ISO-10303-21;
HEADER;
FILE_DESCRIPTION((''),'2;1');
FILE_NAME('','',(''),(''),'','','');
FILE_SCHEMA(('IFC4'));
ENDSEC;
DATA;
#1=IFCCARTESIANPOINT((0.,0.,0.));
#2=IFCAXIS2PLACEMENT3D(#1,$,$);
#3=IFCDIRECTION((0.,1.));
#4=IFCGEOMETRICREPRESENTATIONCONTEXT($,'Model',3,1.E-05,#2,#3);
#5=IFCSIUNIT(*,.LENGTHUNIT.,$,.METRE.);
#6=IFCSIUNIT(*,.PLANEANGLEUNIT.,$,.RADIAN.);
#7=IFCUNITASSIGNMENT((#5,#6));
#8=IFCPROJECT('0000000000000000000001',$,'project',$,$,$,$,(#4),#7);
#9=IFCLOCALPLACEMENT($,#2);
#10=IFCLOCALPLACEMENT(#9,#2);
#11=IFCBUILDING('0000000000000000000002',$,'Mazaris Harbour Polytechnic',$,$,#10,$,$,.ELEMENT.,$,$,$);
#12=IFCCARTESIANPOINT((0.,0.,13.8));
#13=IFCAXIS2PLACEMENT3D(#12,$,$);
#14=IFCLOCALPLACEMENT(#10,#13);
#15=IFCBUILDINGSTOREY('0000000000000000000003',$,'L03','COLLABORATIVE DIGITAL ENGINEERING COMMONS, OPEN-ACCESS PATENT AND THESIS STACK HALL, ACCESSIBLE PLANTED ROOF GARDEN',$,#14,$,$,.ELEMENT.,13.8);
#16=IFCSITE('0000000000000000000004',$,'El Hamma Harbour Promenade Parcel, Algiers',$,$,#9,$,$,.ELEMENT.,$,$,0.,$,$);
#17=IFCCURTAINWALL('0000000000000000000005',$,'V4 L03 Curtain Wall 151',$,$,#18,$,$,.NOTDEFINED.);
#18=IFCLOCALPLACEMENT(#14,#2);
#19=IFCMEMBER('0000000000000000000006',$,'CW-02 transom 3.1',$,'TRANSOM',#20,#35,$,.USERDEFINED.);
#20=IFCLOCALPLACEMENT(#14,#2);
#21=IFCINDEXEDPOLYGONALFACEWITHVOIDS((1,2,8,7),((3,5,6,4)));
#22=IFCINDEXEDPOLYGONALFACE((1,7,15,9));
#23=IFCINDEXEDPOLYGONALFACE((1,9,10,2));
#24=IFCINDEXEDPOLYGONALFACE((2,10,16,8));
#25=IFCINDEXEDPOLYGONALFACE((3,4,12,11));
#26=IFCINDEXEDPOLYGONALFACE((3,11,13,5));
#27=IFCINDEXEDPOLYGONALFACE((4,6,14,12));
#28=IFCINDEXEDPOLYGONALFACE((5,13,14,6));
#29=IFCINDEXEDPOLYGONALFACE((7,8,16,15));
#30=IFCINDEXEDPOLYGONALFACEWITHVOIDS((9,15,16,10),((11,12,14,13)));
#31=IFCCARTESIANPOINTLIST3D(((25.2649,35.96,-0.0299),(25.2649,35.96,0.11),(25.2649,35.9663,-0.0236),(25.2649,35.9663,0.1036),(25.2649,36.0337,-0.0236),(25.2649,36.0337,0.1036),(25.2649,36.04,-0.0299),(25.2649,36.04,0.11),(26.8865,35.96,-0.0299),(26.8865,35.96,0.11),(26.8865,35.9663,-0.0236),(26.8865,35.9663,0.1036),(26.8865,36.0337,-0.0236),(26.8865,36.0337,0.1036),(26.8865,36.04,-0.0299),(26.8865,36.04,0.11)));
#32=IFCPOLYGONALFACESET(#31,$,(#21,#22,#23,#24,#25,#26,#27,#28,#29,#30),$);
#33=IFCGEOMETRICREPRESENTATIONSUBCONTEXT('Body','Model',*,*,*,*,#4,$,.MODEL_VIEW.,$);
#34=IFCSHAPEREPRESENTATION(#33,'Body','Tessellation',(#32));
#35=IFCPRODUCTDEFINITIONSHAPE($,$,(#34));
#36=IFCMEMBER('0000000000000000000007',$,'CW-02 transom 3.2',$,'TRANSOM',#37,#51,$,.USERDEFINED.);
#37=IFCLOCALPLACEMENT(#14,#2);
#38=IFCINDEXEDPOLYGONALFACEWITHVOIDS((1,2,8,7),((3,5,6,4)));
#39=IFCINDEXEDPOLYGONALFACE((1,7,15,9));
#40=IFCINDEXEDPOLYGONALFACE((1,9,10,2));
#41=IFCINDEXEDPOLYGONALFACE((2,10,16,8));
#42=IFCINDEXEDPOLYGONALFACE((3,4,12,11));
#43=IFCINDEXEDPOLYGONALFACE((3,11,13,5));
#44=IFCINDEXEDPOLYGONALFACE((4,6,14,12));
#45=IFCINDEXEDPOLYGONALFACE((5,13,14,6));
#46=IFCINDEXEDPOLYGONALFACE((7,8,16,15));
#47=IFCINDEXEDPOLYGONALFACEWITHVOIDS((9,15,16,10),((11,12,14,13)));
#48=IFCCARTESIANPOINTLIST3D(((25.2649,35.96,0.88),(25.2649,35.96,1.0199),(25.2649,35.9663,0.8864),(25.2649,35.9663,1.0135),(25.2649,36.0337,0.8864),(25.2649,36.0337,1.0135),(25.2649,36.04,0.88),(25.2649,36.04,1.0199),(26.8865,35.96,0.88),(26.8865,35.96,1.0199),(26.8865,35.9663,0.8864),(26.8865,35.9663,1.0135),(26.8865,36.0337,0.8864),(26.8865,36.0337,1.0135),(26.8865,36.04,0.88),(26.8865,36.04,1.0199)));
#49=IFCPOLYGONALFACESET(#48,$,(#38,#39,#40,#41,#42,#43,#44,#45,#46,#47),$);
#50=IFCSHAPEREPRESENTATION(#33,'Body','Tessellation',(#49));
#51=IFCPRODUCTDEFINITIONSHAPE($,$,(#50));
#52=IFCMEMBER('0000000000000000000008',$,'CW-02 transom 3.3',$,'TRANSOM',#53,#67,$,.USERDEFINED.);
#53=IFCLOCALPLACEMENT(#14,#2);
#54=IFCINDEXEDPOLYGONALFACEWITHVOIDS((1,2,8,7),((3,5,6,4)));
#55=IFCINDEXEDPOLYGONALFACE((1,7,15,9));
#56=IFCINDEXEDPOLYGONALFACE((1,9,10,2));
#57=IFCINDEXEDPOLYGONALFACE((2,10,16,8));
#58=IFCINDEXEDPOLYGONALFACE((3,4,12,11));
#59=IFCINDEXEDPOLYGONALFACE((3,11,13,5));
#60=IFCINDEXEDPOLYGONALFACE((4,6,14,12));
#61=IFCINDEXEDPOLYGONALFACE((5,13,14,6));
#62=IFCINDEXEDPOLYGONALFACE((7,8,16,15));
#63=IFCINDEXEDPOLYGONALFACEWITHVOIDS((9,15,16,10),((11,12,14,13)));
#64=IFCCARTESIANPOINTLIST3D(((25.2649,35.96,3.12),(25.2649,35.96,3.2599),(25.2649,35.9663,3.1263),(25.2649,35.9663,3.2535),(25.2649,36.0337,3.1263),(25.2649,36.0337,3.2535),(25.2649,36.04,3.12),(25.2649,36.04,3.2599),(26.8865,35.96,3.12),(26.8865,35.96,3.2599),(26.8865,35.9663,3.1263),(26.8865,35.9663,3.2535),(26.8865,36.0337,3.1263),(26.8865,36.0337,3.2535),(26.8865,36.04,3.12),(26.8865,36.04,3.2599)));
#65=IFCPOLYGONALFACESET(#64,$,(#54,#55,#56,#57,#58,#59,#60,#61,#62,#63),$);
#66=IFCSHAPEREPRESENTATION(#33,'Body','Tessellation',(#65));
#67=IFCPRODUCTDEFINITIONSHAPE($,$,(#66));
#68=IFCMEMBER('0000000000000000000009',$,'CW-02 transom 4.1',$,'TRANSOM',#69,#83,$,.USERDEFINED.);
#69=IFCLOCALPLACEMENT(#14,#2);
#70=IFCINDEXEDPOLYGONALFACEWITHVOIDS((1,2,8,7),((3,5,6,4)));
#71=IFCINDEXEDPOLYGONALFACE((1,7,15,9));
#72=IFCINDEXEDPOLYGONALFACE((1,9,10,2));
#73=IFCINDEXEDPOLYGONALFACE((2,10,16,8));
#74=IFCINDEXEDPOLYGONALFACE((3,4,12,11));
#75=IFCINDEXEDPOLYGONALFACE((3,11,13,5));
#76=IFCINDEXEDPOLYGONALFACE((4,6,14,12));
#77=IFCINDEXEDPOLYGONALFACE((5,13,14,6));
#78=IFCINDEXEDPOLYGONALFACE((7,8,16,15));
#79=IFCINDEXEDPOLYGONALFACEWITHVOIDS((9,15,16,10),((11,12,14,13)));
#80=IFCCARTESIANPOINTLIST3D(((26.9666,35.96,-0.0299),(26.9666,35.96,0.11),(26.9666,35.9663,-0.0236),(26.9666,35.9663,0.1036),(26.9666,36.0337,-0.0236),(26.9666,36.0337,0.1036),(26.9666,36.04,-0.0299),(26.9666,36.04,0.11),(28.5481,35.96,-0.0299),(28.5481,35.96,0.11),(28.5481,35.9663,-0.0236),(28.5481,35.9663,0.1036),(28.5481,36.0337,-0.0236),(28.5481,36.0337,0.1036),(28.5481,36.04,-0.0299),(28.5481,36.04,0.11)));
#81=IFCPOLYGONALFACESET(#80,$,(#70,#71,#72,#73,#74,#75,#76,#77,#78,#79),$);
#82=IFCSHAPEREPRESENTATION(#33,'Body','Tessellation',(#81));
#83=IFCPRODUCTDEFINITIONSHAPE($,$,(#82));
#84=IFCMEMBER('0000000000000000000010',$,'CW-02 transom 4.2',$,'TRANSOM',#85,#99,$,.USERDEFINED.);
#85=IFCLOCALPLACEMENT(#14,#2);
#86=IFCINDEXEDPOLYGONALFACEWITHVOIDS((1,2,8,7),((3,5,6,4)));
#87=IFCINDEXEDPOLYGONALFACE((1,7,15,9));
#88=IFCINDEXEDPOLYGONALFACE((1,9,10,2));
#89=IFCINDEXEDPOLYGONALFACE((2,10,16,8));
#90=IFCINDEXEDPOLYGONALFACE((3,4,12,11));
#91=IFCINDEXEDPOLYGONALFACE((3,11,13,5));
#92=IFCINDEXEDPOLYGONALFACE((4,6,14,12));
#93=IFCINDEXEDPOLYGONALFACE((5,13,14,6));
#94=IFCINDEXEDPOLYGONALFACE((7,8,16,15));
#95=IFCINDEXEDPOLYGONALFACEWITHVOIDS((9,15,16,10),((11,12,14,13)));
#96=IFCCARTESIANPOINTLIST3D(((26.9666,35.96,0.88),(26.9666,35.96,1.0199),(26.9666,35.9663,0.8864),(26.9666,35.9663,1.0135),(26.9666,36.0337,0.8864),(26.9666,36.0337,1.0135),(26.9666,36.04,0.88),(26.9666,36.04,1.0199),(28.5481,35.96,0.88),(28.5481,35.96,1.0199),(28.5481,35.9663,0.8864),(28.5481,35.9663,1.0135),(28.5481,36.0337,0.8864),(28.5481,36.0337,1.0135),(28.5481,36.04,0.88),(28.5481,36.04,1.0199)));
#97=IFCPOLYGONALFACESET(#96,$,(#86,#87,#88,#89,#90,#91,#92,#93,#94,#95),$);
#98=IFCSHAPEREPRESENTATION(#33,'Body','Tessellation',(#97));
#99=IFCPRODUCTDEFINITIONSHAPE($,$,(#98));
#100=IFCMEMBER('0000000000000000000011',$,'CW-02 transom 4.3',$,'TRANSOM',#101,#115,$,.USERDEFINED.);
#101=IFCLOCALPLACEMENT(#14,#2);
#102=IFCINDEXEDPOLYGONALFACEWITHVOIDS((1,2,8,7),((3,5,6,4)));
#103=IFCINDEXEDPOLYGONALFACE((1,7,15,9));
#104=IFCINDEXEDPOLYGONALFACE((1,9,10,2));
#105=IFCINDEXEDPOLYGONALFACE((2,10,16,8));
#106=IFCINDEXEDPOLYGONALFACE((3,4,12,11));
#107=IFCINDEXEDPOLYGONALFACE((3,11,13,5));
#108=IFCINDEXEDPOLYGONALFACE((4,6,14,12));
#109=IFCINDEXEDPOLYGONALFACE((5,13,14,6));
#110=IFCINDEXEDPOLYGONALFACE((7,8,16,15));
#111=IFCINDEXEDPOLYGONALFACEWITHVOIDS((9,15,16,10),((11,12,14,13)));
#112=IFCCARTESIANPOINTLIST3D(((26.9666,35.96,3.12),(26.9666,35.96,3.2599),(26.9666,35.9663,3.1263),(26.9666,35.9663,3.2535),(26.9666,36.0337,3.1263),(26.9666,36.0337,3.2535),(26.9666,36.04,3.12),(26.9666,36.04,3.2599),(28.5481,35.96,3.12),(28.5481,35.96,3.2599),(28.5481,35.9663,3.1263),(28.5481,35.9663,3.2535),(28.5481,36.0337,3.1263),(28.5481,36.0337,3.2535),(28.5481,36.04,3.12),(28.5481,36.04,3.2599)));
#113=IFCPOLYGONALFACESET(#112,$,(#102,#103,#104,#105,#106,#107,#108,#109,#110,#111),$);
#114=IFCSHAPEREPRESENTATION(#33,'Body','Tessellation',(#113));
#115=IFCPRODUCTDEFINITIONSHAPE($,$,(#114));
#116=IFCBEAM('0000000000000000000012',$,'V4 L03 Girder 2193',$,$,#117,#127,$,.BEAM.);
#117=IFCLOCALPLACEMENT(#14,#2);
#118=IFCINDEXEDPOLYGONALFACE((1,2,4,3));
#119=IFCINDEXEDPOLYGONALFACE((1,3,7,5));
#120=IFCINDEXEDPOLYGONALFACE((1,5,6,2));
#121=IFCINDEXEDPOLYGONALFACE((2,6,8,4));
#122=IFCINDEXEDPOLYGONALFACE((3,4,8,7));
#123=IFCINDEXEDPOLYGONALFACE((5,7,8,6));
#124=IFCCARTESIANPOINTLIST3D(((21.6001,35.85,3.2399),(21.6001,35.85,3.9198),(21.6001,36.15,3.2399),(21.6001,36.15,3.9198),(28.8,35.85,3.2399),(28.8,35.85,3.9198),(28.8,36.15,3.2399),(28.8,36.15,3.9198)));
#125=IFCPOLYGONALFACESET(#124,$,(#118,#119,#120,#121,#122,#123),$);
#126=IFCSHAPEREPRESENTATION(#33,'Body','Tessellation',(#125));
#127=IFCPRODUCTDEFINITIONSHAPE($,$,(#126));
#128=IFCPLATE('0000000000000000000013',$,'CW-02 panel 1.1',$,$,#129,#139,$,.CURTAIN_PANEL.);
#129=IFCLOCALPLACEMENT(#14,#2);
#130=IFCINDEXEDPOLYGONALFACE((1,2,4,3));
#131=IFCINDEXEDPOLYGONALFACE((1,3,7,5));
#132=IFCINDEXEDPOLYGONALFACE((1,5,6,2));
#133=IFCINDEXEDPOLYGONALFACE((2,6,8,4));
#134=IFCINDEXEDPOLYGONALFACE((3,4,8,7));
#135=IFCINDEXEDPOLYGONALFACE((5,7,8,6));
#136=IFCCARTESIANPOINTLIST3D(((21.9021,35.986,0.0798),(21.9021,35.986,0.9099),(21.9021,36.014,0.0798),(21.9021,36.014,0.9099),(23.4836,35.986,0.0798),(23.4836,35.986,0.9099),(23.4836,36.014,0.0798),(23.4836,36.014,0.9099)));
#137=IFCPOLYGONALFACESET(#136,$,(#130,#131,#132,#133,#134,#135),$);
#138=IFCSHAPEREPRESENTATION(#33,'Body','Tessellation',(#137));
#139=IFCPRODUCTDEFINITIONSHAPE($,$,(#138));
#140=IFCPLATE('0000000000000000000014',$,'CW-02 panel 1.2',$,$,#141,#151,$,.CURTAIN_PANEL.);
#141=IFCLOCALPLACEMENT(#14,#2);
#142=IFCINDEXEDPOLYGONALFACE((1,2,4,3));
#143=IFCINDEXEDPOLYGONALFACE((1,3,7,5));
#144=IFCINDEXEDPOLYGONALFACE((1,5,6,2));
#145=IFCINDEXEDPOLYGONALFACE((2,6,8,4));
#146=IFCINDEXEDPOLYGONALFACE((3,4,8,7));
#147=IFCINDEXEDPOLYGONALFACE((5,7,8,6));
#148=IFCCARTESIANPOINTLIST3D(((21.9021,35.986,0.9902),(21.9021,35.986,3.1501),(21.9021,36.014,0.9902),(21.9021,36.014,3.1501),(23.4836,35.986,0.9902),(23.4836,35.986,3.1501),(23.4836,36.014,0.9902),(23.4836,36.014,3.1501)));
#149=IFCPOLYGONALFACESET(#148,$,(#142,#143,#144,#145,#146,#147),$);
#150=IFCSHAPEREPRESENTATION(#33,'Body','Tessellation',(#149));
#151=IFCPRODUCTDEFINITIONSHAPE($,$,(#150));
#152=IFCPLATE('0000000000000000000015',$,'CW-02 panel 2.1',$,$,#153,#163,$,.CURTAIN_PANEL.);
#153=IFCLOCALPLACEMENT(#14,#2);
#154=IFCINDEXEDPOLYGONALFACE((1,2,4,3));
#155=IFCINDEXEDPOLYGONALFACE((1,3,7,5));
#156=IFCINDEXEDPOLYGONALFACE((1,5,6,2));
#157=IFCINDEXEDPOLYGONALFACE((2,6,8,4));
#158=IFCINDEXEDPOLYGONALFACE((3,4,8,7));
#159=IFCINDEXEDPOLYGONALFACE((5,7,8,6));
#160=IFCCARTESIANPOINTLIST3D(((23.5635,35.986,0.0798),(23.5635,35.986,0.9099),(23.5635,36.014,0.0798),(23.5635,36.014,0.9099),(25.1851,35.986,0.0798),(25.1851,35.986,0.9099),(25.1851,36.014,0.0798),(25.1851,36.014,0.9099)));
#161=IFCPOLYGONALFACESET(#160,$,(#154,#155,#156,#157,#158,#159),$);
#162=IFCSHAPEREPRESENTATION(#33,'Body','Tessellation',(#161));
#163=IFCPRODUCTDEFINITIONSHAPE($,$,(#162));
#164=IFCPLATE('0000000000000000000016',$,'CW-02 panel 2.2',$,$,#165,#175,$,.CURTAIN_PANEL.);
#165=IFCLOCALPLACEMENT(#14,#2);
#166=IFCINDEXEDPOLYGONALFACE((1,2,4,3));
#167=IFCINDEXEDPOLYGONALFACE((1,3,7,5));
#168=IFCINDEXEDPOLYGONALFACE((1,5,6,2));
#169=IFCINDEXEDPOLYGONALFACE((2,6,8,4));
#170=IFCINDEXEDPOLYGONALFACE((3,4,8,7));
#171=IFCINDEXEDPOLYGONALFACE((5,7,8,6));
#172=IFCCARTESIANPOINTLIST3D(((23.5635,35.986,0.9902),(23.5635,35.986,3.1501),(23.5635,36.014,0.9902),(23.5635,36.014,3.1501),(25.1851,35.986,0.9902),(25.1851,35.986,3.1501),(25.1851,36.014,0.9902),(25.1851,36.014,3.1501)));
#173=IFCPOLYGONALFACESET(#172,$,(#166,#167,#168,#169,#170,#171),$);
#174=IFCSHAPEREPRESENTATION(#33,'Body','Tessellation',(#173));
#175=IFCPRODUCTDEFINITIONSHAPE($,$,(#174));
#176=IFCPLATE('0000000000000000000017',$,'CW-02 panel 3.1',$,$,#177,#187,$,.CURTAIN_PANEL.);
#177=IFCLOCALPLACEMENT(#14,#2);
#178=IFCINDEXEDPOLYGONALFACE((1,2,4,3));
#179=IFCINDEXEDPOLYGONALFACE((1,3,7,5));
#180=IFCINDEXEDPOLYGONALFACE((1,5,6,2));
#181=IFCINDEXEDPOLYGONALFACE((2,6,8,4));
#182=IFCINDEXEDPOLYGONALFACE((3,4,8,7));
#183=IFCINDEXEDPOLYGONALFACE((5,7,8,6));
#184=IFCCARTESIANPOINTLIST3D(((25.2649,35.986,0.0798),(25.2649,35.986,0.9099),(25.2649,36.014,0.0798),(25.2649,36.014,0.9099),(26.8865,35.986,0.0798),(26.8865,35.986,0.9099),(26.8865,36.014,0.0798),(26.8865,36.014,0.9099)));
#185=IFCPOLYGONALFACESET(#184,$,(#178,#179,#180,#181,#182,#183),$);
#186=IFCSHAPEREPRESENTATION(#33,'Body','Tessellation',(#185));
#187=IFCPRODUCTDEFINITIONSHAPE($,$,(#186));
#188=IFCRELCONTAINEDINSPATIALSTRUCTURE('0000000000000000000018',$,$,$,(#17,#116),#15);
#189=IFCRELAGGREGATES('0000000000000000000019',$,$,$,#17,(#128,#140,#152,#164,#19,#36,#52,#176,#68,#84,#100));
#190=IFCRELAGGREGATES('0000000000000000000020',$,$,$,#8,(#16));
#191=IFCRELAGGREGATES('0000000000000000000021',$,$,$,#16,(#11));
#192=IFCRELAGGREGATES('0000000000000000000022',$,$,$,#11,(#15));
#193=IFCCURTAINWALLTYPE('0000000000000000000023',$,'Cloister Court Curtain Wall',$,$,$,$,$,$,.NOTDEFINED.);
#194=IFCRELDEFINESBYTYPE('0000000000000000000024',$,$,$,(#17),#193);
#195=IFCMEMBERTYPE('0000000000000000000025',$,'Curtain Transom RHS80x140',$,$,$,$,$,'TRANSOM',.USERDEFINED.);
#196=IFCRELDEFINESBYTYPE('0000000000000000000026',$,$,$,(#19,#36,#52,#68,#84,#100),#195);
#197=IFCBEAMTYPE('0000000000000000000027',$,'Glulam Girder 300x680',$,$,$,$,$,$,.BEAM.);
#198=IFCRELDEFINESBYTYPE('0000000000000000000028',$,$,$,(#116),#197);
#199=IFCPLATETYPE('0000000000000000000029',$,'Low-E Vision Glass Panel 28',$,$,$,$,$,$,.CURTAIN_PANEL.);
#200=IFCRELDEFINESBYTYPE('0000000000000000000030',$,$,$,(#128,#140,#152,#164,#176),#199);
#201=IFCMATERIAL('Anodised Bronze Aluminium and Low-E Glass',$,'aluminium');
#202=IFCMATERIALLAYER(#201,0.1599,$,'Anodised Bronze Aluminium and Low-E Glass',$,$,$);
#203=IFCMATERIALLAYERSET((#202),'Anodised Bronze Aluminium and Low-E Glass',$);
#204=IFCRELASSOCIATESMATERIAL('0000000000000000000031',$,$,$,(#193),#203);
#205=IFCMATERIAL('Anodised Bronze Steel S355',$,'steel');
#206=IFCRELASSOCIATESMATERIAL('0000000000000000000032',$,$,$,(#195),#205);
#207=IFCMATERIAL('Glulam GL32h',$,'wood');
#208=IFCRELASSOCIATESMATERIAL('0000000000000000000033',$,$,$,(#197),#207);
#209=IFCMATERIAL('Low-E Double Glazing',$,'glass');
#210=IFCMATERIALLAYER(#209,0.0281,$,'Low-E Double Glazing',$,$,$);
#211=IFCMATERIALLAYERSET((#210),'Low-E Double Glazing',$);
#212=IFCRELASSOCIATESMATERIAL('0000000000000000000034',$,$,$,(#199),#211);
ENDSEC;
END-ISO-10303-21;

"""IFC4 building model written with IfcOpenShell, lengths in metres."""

from ifc_helpers import new_model, si_unit, direction, frame, origin, origin_2d, place, context, subcontext, project, spatial, rectangle, hollow_rectangle, extrude, material, layer, layer_set, material_profile, profile_set, type_object, element, aggregate, save


model = new_model("IFC4")

# Units and contexts
model_context = context("Model", 3, precision=1e-05, world=origin(), true_north=direction((0.0, 1.0)))
body_context = subcontext(model_context, "Body", "Model", "MODEL_VIEW")
ifc_project = project(units=[si_unit("LENGTHUNIT", "METRE"), si_unit("PLANEANGLEUNIT", "RADIAN")], contexts=[model_context])

# Site, building, storey
site_placement = place(None, origin())
site = spatial("IfcSite", under=ifc_project, at=site_placement, Name="El Hamma Harbour Promenade Parcel, Algiers", CompositionType="ELEMENT", RefElevation=0.0)
building_placement = place(site_placement, origin())
building = spatial("IfcBuilding", under=site, at=building_placement, Name="Mazaris Harbour Polytechnic", CompositionType="ELEMENT")
storey_placement = place(building_placement, frame((0.0, 0.0, 13.8)))
storey = spatial("IfcBuildingStorey", under=building, at=storey_placement, Name="L03", Description="COLLABORATIVE DIGITAL ENGINEERING COMMONS, OPEN-ACCESS PATENT AND THESIS STACK HALL, ACCESSIBLE PLANTED ROOF GARDEN", CompositionType="ELEMENT", Elevation=13.8)

# Curtain wall, members
ifc_material_1 = material(Name="Anodised Bronze Aluminium and Low-E Glass", Category="aluminium")
ifc_layer_1 = layer(ifc_material_1, 0.1599, Name="Anodised Bronze Aluminium and Low-E Glass")
ifc_layer_set_1 = layer_set([ifc_layer_1], Name="Anodised Bronze Aluminium and Low-E Glass")
curtain_wall_type = type_object("IfcCurtainWallType", Name="Cloister Court Curtain Wall", PredefinedType="NOTDEFINED", material=ifc_layer_set_1)
curtain_wall_placement = place(storey_placement, origin())
curtain_wall = element("IfcCurtainWall", 1, at=curtain_wall_placement, inside=storey, type_object=curtain_wall_type, Name="V4 L03 Curtain Wall 151", PredefinedType="NOTDEFINED")
ifc_material_2 = material(Name="Anodised Bronze Steel S355", Category="steel")
ifc_material_profile_1 = material_profile(ifc_material_2, hollow_rectangle(XDim=0.0801, YDim=0.1399, WallThickness=0.0063, at=origin_2d()), Name="RHS 80x140x6.3")
ifc_profile_set_1 = profile_set([ifc_material_profile_1], Name="Anodised Bronze Steel S355")
member_type_1 = type_object("IfcMemberType", Name="Curtain Transom RHS80x140", ElementType="TRANSOM", PredefinedType="USERDEFINED", material=ifc_profile_set_1)
member_1_placement = place(storey_placement, frame((25.2649, 36.0, 0.04), z_axis=(1.0, 0.0, 0.0), x_axis=(0.0, 1.0, 0.0)))
member_1 = element("IfcMember", 2, at=member_1_placement, type_object=member_type_1, Name="CW-02 transom 3.1", ObjectType="TRANSOM", PredefinedType="USERDEFINED", context=body_context, shape_type="SweptSolid", body=[
    extrude(hollow_rectangle(XDim=0.0801, YDim=0.1399, WallThickness=0.0063, at=origin_2d()), origin(), (0.0, 0.0, 1.0), 1.6216),
])
member_2_placement = place(storey_placement, frame((25.2649, 36.0, 0.95), z_axis=(1.0, 0.0, 0.0), x_axis=(0.0, 1.0, 0.0)))
member_2 = element("IfcMember", 3, at=member_2_placement, type_object=member_type_1, Name="CW-02 transom 3.2", ObjectType="TRANSOM", PredefinedType="USERDEFINED", context=body_context, shape_type="SweptSolid", body=[
    extrude(hollow_rectangle(XDim=0.0801, YDim=0.1399, WallThickness=0.0063, at=origin_2d()), origin(), (0.0, 0.0, 1.0), 1.6216),
])
member_3_placement = place(storey_placement, frame((25.2649, 36.0, 3.1899), z_axis=(1.0, 0.0, 0.0), x_axis=(0.0, 1.0, 0.0)))
member_3 = element("IfcMember", 4, at=member_3_placement, type_object=member_type_1, Name="CW-02 transom 3.3", ObjectType="TRANSOM", PredefinedType="USERDEFINED", context=body_context, shape_type="SweptSolid", body=[
    extrude(hollow_rectangle(XDim=0.0801, YDim=0.1399, WallThickness=0.0063, at=origin_2d()), origin(), (0.0, 0.0, 1.0), 1.6216),
])
member_4_placement = place(storey_placement, frame((26.9666, 36.0, 0.04), z_axis=(1.0, 0.0, 0.0), x_axis=(0.0, 1.0, 0.0)))
member_4 = element("IfcMember", 5, at=member_4_placement, type_object=member_type_1, Name="CW-02 transom 4.1", ObjectType="TRANSOM", PredefinedType="USERDEFINED", context=body_context, shape_type="SweptSolid", body=[
    extrude(hollow_rectangle(XDim=0.0801, YDim=0.1399, WallThickness=0.0063, at=origin_2d()), origin(), (0.0, 0.0, 1.0), 1.5815),
])
member_5_placement = place(storey_placement, frame((26.9666, 36.0, 0.95), z_axis=(1.0, 0.0, 0.0), x_axis=(0.0, 1.0, 0.0)))
member_5 = element("IfcMember", 6, at=member_5_placement, type_object=member_type_1, Name="CW-02 transom 4.2", ObjectType="TRANSOM", PredefinedType="USERDEFINED", context=body_context, shape_type="SweptSolid", body=[
    extrude(hollow_rectangle(XDim=0.0801, YDim=0.1399, WallThickness=0.0063, at=origin_2d()), origin(), (0.0, 0.0, 1.0), 1.5815),
])
member_6_placement = place(storey_placement, frame((26.9666, 36.0, 3.1899), z_axis=(1.0, 0.0, 0.0), x_axis=(0.0, 1.0, 0.0)))
member_6 = element("IfcMember", 7, at=member_6_placement, type_object=member_type_1, Name="CW-02 transom 4.3", ObjectType="TRANSOM", PredefinedType="USERDEFINED", context=body_context, shape_type="SweptSolid", body=[
    extrude(hollow_rectangle(XDim=0.0801, YDim=0.1399, WallThickness=0.0063, at=origin_2d()), origin(), (0.0, 0.0, 1.0), 1.5815),
])

# Beam
ifc_material_3 = material(Name="Glulam GL32h", Category="wood")
ifc_material_profile_2 = material_profile(ifc_material_3, rectangle(XDim=0.3, YDim=0.6799, at=origin_2d()), Name="RECT300x680")
ifc_profile_set_2 = profile_set([ifc_material_profile_2], Name="Glulam GL32h")
beam_type = type_object("IfcBeamType", Name="Glulam Girder 300x680", PredefinedType="BEAM", material=ifc_profile_set_2)
beam_placement = place(storey_placement, frame((21.6001, 36.0, 3.5798), z_axis=(1.0, 0.0, 0.0), x_axis=(0.0, 1.0, 0.0)))
element("IfcBeam", 8, at=beam_placement, inside=storey, type_object=beam_type, Name="V4 L03 Girder 2193", PredefinedType="BEAM", context=body_context, shape_type="SweptSolid", body=[
    extrude(rectangle(XDim=0.3, YDim=0.6799, at=origin_2d()), origin(), (0.0, 0.0, 1.0), 7.2),
])

# Plates
ifc_material_4 = material(Name="Low-E Double Glazing", Category="glass")
ifc_layer_2 = layer(ifc_material_4, 0.0281, Name="Low-E Double Glazing")
ifc_layer_set_2 = layer_set([ifc_layer_2], Name="Low-E Double Glazing")
plate_type = type_object("IfcPlateType", Name="Low-E Vision Glass Panel 28", PredefinedType="CURTAIN_PANEL", material=ifc_layer_set_2)
plate_1_placement = place(storey_placement, frame((22.6929, 36.0, 0.0798), z_axis=(0.0, 0.0, 1.0), x_axis=(1.0, 0.0, 0.0)))
plate_1 = element("IfcPlate", 9, at=plate_1_placement, type_object=plate_type, Name="CW-02 panel 1.1", PredefinedType="CURTAIN_PANEL", context=body_context, shape_type="SweptSolid", body=[
    extrude(rectangle(XDim=1.5815, YDim=0.0281, at=origin_2d()), origin(), (0.0, 0.0, 1.0), 0.8301),
])
plate_2_placement = place(storey_placement, frame((22.6929, 36.0, 0.9902), z_axis=(0.0, 0.0, 1.0), x_axis=(1.0, 0.0, 0.0)))
plate_2 = element("IfcPlate", 10, at=plate_2_placement, type_object=plate_type, Name="CW-02 panel 1.2", PredefinedType="CURTAIN_PANEL", context=body_context, shape_type="SweptSolid", body=[
    extrude(rectangle(XDim=1.5815, YDim=0.0281, at=origin_2d()), origin(), (0.0, 0.0, 1.0), 2.1599),
])
plate_3_placement = place(storey_placement, frame((24.3743, 36.0, 0.0798), z_axis=(0.0, 0.0, 1.0), x_axis=(1.0, 0.0, 0.0)))
plate_3 = element("IfcPlate", 11, at=plate_3_placement, type_object=plate_type, Name="CW-02 panel 2.1", PredefinedType="CURTAIN_PANEL", context=body_context, shape_type="SweptSolid", body=[
    extrude(rectangle(XDim=1.6216, YDim=0.0281, at=origin_2d()), origin(), (0.0, 0.0, 1.0), 0.8301),
])
plate_4_placement = place(storey_placement, frame((24.3743, 36.0, 0.9902), z_axis=(0.0, 0.0, 1.0), x_axis=(1.0, 0.0, 0.0)))
plate_4 = element("IfcPlate", 12, at=plate_4_placement, type_object=plate_type, Name="CW-02 panel 2.2", PredefinedType="CURTAIN_PANEL", context=body_context, shape_type="SweptSolid", body=[
    extrude(rectangle(XDim=1.6216, YDim=0.0281, at=origin_2d()), origin(), (0.0, 0.0, 1.0), 2.1599),
])
plate_5_placement = place(storey_placement, frame((26.0757, 36.0, 0.0798), z_axis=(0.0, 0.0, 1.0), x_axis=(1.0, 0.0, 0.0)))
plate_5 = element("IfcPlate", 13, at=plate_5_placement, type_object=plate_type, Name="CW-02 panel 3.1", PredefinedType="CURTAIN_PANEL", context=body_context, shape_type="SweptSolid", body=[
    extrude(rectangle(XDim=1.6216, YDim=0.0281, at=origin_2d()), origin(), (0.0, 0.0, 1.0), 0.8301),
])
aggregate(curtain_wall, [plate_1, plate_2, plate_3, plate_4, member_1, member_2, member_3, plate_5, member_4, member_5, member_6])

save(model, "model.ifc")
